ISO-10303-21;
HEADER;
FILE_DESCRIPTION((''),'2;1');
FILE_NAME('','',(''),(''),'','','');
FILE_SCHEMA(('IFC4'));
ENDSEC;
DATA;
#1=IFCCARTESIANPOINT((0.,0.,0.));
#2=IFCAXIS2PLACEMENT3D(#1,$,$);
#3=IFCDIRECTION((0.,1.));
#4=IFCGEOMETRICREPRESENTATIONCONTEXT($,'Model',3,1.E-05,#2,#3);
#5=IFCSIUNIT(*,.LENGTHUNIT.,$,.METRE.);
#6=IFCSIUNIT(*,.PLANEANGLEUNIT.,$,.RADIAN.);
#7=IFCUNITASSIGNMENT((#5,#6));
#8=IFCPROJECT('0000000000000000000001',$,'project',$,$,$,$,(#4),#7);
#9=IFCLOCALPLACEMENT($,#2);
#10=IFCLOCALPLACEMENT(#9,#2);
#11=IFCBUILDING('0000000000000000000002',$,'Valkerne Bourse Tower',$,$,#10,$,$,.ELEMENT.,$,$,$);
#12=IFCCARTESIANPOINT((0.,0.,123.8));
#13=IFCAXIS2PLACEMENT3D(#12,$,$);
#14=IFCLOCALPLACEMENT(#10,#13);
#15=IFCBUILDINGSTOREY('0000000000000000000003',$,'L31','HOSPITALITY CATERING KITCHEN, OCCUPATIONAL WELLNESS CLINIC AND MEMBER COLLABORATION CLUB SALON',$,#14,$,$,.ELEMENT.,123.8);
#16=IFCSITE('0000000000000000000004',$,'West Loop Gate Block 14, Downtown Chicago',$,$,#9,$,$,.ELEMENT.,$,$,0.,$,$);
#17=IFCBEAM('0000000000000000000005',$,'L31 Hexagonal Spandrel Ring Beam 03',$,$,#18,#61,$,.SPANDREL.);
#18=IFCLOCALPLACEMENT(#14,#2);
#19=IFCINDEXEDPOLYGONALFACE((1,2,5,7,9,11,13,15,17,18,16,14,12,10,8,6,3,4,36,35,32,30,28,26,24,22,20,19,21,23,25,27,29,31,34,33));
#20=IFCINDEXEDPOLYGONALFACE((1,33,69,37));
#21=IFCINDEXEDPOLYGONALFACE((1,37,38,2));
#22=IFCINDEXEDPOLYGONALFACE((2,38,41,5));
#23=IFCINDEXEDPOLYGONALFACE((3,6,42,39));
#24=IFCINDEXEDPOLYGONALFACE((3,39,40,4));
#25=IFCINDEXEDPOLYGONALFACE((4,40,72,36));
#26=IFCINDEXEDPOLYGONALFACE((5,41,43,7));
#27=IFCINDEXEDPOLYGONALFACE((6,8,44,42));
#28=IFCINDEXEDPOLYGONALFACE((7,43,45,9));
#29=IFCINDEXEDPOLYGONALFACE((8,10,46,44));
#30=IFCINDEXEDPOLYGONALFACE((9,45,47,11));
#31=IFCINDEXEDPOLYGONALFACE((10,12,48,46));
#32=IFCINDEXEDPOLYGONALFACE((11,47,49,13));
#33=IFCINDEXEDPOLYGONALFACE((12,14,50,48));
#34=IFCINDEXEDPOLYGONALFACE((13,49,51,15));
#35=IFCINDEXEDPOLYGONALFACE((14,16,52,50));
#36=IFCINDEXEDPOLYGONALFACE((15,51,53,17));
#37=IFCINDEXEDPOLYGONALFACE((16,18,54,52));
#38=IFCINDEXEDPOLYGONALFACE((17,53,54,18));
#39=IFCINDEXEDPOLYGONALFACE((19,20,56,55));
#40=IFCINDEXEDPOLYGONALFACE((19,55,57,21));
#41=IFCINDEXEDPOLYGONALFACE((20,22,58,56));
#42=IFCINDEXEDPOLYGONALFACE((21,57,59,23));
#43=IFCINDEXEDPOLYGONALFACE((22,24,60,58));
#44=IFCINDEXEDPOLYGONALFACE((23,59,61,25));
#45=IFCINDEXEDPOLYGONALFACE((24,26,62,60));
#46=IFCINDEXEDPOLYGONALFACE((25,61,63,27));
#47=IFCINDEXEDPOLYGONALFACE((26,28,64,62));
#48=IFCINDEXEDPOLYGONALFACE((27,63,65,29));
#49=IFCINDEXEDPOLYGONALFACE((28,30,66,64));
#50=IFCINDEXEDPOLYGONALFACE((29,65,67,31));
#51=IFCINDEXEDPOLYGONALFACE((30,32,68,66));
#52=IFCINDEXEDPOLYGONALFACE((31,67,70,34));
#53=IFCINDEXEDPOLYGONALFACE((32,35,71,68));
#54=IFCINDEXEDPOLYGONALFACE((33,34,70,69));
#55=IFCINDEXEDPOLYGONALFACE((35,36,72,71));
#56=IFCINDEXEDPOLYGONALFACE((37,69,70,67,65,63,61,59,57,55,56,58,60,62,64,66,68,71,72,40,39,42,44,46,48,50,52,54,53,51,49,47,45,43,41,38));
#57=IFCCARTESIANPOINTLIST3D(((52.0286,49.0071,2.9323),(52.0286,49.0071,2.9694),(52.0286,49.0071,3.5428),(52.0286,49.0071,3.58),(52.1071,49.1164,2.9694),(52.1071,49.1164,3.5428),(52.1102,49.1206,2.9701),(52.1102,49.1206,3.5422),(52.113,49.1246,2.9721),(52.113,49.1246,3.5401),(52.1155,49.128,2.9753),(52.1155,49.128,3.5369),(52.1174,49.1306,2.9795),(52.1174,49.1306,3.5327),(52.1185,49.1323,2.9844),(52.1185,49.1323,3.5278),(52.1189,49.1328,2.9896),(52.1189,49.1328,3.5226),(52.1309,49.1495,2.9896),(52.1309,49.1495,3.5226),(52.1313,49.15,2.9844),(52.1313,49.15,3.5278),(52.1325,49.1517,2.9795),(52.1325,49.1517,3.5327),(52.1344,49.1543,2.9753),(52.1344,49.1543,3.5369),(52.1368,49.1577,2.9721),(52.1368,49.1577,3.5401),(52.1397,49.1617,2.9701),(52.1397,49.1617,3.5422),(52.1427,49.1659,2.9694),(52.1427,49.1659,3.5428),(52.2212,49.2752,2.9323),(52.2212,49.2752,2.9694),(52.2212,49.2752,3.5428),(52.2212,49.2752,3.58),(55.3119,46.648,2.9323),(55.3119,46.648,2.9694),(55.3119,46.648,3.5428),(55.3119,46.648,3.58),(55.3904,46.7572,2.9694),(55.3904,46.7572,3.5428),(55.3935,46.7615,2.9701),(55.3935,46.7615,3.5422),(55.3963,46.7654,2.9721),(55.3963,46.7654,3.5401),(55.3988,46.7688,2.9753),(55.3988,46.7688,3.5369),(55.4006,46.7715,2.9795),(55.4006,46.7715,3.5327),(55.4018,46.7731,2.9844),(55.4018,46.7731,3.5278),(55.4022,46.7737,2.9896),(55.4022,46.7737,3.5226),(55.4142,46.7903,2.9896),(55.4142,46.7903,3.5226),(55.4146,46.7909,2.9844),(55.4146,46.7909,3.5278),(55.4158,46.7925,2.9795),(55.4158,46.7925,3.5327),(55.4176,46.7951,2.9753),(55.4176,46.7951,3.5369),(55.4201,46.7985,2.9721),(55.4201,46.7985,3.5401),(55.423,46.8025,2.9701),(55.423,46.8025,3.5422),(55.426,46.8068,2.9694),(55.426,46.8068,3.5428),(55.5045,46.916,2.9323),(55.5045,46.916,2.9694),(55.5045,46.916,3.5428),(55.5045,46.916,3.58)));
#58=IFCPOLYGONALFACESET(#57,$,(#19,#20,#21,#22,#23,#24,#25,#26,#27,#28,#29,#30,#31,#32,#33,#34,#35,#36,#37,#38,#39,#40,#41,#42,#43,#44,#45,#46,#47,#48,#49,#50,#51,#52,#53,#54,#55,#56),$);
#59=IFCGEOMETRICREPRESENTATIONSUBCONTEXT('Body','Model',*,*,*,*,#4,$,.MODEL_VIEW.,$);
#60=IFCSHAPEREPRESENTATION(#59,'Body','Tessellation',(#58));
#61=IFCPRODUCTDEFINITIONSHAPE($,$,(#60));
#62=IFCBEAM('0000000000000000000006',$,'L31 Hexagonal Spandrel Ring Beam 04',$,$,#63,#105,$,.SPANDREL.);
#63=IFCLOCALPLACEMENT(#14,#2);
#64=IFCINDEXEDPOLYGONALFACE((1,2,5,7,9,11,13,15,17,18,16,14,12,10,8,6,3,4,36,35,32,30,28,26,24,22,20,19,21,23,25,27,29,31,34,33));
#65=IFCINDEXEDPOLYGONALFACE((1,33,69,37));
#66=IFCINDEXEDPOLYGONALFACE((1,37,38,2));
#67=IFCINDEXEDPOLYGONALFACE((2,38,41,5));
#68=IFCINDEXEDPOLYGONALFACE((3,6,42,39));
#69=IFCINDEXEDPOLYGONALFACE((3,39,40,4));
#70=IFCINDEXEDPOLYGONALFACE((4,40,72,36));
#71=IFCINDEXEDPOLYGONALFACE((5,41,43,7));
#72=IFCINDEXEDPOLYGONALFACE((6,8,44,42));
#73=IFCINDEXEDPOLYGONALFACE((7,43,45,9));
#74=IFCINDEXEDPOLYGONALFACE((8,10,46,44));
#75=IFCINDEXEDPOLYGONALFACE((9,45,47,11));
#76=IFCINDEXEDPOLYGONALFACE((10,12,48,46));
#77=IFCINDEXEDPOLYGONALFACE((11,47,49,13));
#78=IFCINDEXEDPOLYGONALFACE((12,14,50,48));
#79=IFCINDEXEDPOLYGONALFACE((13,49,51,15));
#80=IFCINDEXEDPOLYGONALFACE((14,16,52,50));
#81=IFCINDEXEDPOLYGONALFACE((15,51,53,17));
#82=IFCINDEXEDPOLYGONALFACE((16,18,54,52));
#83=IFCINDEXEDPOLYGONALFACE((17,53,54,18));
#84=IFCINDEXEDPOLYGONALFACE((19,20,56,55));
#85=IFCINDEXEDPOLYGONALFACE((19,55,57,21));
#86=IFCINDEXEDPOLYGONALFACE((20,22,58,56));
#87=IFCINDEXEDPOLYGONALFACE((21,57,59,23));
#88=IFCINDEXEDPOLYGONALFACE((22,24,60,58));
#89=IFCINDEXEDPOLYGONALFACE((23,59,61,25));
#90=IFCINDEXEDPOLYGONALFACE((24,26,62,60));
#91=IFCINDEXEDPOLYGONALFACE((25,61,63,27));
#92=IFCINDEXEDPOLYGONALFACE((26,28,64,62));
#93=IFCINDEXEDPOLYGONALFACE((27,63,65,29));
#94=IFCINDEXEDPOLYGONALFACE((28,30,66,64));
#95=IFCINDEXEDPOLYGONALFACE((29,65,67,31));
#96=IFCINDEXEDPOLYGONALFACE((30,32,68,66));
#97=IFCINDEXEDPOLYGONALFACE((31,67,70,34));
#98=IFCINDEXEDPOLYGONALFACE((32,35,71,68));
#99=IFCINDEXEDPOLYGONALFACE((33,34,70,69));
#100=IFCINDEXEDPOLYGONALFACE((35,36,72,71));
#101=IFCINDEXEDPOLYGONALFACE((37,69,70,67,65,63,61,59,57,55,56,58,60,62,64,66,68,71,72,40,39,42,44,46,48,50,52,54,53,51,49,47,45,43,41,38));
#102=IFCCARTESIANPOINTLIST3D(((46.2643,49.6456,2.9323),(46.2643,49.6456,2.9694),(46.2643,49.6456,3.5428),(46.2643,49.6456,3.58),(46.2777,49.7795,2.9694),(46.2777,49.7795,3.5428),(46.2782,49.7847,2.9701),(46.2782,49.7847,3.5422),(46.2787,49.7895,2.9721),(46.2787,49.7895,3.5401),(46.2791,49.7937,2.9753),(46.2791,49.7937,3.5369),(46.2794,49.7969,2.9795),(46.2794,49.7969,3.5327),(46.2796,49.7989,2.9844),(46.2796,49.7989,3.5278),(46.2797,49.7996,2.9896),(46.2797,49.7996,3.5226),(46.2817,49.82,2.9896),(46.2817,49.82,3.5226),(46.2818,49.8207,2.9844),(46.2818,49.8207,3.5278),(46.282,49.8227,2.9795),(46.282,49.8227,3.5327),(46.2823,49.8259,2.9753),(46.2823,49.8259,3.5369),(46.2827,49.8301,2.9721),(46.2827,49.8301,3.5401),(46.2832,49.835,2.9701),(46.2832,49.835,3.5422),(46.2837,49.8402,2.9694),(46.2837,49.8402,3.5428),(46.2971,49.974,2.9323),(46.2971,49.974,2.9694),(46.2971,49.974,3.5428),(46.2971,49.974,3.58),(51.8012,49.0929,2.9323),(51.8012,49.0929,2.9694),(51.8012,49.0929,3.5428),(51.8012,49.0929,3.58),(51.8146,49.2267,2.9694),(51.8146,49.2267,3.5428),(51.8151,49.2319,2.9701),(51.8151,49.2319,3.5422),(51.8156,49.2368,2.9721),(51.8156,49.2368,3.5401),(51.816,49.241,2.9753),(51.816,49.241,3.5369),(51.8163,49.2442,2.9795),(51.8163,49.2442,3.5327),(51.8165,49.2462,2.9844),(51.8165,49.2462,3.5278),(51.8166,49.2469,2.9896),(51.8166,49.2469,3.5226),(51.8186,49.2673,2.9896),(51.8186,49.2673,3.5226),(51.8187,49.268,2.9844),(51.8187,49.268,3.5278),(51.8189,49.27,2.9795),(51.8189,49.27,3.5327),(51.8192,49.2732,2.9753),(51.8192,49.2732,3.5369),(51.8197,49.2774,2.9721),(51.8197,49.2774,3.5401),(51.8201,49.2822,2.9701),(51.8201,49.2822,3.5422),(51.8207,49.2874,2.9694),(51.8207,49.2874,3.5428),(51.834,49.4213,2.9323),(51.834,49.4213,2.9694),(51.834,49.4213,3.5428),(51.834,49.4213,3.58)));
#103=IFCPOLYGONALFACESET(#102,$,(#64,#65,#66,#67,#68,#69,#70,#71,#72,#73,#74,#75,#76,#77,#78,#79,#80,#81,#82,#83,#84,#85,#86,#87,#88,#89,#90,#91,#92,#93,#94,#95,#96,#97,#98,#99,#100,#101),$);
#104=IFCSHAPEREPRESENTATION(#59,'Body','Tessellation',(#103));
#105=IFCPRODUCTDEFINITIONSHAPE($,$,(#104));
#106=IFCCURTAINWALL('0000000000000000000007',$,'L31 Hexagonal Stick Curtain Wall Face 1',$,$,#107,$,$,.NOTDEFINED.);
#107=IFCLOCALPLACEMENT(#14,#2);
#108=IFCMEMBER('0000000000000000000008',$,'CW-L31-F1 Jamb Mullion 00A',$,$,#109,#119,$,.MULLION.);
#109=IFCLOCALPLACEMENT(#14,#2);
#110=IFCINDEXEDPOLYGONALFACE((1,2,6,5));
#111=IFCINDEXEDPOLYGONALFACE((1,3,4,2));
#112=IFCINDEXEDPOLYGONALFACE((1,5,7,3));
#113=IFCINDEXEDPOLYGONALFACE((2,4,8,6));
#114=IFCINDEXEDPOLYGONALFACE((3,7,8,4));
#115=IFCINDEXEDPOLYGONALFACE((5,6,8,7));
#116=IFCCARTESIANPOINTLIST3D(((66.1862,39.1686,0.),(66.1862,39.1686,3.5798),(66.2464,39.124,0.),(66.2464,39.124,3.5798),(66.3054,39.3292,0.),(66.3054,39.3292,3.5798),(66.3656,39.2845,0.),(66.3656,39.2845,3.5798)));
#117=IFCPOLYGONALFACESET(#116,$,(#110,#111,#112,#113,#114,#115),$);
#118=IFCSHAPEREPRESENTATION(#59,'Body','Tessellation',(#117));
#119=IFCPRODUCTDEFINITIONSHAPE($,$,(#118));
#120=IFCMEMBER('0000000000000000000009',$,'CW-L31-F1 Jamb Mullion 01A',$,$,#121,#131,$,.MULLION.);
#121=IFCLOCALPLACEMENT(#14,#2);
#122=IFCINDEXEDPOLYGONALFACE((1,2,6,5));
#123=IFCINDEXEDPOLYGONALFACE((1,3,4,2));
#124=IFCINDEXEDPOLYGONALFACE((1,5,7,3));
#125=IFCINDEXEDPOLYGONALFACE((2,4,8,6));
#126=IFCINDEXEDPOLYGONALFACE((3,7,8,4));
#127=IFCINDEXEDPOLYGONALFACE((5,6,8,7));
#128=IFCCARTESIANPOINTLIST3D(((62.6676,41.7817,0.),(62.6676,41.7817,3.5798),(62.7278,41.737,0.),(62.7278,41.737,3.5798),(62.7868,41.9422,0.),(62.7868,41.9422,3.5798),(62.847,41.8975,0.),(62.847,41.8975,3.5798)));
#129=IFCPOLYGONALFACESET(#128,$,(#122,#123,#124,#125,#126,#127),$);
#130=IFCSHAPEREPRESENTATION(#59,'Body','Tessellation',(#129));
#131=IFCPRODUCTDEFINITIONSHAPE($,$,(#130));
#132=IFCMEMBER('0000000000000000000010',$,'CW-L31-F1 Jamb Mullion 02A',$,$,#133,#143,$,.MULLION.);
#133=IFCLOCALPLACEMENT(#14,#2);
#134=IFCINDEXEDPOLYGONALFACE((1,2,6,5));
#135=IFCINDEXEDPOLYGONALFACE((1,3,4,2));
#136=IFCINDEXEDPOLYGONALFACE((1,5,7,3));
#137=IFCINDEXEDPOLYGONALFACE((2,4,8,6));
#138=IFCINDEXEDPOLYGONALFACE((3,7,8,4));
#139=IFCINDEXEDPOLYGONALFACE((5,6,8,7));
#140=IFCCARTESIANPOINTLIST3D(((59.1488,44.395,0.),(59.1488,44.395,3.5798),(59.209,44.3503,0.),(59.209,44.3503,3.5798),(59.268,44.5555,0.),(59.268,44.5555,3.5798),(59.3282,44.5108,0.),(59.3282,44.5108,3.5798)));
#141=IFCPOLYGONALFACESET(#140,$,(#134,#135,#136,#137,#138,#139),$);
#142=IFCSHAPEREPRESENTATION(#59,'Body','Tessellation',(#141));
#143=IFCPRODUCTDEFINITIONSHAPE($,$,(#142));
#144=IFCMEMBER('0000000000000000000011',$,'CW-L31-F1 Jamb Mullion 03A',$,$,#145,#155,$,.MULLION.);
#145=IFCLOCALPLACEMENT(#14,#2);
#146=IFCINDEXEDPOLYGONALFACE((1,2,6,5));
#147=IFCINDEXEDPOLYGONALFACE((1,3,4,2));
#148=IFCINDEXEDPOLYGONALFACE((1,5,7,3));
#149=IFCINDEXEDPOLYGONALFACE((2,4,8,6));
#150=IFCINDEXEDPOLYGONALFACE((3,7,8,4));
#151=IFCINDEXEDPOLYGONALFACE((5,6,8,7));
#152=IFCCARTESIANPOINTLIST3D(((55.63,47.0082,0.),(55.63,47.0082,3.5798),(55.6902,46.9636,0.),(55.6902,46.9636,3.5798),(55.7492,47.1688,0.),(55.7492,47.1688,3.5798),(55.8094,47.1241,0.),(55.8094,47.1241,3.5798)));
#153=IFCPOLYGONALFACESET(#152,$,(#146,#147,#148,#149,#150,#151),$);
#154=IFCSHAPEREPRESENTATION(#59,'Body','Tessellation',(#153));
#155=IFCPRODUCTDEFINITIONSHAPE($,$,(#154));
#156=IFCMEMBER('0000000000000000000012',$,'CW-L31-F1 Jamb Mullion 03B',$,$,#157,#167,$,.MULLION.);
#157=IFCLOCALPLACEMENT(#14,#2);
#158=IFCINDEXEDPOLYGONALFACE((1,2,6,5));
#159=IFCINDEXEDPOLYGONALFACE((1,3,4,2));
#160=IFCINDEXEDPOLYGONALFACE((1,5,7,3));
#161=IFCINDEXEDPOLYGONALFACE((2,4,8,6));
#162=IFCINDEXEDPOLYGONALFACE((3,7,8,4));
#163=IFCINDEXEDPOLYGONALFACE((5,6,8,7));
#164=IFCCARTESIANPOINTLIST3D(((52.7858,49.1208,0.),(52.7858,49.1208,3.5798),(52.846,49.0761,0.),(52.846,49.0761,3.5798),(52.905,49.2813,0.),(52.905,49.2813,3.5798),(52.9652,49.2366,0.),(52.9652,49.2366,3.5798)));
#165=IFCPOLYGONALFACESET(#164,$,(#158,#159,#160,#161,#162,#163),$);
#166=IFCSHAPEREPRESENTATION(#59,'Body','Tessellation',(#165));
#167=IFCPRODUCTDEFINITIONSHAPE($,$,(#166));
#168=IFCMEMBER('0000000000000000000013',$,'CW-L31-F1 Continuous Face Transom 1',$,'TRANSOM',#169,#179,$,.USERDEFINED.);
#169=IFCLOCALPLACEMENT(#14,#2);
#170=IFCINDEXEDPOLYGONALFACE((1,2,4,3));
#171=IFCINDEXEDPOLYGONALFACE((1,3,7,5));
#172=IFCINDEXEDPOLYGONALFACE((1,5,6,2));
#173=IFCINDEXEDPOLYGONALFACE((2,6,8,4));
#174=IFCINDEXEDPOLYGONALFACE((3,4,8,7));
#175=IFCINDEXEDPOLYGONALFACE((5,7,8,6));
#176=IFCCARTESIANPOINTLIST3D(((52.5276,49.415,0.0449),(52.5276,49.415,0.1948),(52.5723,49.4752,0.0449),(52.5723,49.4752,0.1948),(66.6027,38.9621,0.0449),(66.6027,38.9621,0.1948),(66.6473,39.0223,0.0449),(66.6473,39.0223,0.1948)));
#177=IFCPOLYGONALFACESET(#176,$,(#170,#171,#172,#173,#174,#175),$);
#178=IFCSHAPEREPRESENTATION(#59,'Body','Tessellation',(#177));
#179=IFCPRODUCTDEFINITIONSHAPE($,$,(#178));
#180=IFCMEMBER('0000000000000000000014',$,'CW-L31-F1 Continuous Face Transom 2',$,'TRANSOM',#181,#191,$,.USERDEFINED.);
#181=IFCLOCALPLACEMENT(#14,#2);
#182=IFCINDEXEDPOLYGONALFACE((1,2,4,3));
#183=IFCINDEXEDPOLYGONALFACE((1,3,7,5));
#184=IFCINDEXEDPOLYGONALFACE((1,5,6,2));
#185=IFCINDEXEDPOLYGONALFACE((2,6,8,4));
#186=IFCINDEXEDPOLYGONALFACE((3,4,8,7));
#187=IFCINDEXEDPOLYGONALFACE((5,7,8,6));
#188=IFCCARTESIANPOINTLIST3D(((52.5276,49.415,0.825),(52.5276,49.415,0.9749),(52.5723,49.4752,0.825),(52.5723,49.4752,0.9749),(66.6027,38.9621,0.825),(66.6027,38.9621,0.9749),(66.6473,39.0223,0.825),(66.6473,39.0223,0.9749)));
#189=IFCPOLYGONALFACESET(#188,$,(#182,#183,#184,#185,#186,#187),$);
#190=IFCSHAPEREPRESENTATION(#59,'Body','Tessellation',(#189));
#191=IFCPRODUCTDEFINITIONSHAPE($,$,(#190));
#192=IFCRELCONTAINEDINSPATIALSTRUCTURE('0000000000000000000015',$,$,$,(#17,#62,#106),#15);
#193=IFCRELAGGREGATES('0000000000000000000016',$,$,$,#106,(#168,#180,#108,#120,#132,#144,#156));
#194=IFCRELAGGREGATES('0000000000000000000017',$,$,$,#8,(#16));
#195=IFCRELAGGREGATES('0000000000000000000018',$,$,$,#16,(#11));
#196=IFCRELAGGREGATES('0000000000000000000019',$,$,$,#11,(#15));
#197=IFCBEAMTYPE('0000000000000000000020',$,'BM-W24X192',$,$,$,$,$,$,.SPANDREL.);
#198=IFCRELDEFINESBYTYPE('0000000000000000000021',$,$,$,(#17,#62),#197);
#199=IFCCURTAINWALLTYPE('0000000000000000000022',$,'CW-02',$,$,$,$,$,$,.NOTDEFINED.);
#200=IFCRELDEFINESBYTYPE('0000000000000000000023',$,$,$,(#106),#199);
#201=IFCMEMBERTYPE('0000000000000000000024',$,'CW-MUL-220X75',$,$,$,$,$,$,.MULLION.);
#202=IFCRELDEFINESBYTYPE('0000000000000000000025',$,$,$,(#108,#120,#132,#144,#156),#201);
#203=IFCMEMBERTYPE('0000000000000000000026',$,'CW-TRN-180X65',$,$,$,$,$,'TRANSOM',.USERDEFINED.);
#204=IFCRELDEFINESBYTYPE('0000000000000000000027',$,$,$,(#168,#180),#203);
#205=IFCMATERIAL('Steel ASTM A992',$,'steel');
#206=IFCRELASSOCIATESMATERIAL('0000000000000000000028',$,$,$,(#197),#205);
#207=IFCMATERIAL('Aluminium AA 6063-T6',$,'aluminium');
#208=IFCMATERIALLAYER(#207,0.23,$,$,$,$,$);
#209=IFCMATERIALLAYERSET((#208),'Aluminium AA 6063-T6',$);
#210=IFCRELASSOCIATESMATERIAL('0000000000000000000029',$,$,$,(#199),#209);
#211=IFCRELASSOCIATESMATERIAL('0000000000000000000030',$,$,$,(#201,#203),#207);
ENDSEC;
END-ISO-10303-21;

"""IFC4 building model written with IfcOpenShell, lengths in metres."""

from ifc_helpers import new_model, si_unit, direction, frame, origin, origin_2d, place, context, subcontext, project, spatial, rectangle, i_section, extrude, material, layer, layer_set, material_profile, profile_set, type_object, element, aggregate, save


model = new_model("IFC4")

# Units and contexts
model_context = context("Model", 3, precision=1e-05, world=origin(), true_north=direction((0.0, 1.0)))
body_context = subcontext(model_context, "Body", "Model", "MODEL_VIEW")
ifc_project = project(units=[si_unit("LENGTHUNIT", "METRE"), si_unit("PLANEANGLEUNIT", "RADIAN")], contexts=[model_context])

# Site, building, storey
site_placement = place(None, origin())
site = spatial("IfcSite", under=ifc_project, at=site_placement, Name="West Loop Gate Block 14, Downtown Chicago", CompositionType="ELEMENT", RefElevation=0.0)
building_placement = place(site_placement, origin())
building = spatial("IfcBuilding", under=site, at=building_placement, Name="Valkerne Bourse Tower", CompositionType="ELEMENT")
storey_placement = place(building_placement, frame((0.0, 0.0, 123.8)))
storey = spatial("IfcBuildingStorey", under=building, at=storey_placement, Name="L31", Description="HOSPITALITY CATERING KITCHEN, OCCUPATIONAL WELLNESS CLINIC AND MEMBER COLLABORATION CLUB SALON", CompositionType="ELEMENT", Elevation=123.8)

# Beams
ifc_material_1 = material(Name="Steel ASTM A992", Category="steel")
ifc_material_profile_1 = material_profile(ifc_material_1, i_section(OverallWidth=0.3301, OverallDepth=0.6477, WebThickness=0.0205, FlangeThickness=0.0371, FilletRadius=0.0203, at=origin_2d()), Name="W24X192")
ifc_profile_set_1 = profile_set([ifc_material_profile_1], Name="Steel ASTM A992")
beam_type = type_object("IfcBeamType", Name="BM-W24X192", PredefinedType="SPANDREL", material=ifc_profile_set_1)
for number, where, z_axis, x_axis, name in (
    (1, (55.4082, 46.782, 3.2561), (-0.812094, 0.583527, 0.0), (-0.583527, -0.812094, 0.0), "L31 Hexagonal Spandrel Ring Beam 03"),
):
    element("IfcBeam", number, at=place(storey_placement, frame(where, z_axis=z_axis, x_axis=x_axis)), inside=storey, type_object=beam_type, Name=name, PredefinedType="SPANDREL", context=body_context, shape_type="SweptSolid", body=[
        extrude(i_section(OverallWidth=0.3301, OverallDepth=0.6477, WebThickness=0.0205, FlangeThickness=0.0371, FilletRadius=0.0203, at=origin_2d()), origin(), (0.0, 0.0, 1.0), 4.043),
    ])
beam_placement = place(storey_placement, frame((51.8176, 49.2571, 3.2561), z_axis=(-0.995054, 0.099334, 0.0), x_axis=(-0.099334, -0.995054, 0.0)))
element("IfcBeam", 2, at=beam_placement, inside=storey, type_object=beam_type, Name="L31 Hexagonal Spandrel Ring Beam 04", PredefinedType="SPANDREL", context=body_context, shape_type="SweptSolid", body=[
    extrude(i_section(OverallWidth=0.3301, OverallDepth=0.6477, WebThickness=0.0205, FlangeThickness=0.0371, FilletRadius=0.0203, at=origin_2d()), origin(), (0.0, 0.0, 1.0), 5.5645),
])

# Curtain wall, members
ifc_material_2 = material(Name="Aluminium AA 6063-T6", Category="aluminium")
ifc_layer_1 = layer(ifc_material_2, 0.23)
ifc_layer_set_1 = layer_set([ifc_layer_1], Name="Aluminium AA 6063-T6")
curtain_wall_type = type_object("IfcCurtainWallType", Name="CW-02", PredefinedType="NOTDEFINED", material=ifc_layer_set_1)
curtain_wall_placement = place(storey_placement, origin())
curtain_wall = element("IfcCurtainWall", 3, at=curtain_wall_placement, inside=storey, type_object=curtain_wall_type, Name="L31 Hexagonal Stick Curtain Wall Face 1", PredefinedType="NOTDEFINED")
ifc_material_profile_2 = material_profile(ifc_material_2, rectangle(XDim=0.075, YDim=0.2, at=origin_2d()), Name="CWM-75X200")
ifc_profile_set_2 = profile_set([ifc_material_profile_2], Name="Aluminium AA 6063-T6")
member_type_1 = type_object("IfcMemberType", Name="CW-MUL-220X75", PredefinedType="MULLION", material=ifc_profile_set_2)
member_1_placement = place(storey_placement, frame((66.2759, 39.2266, 0.0), z_axis=(0.0, 0.0, 1.0), x_axis=(-0.802819, 0.596222, 0.0)))
member_1 = element("IfcMember", 4, at=member_1_placement, type_object=member_type_1, Name="CW-L31-F1 Jamb Mullion 00A", PredefinedType="MULLION", context=body_context, shape_type="SweptSolid", body=[
    extrude(rectangle(XDim=0.075, YDim=0.2, at=origin_2d()), origin(), (0.0, 0.0, 1.0), 3.5798),
])
member_2_placement = place(storey_placement, frame((62.7573, 41.8396, 0.0), z_axis=(0.0, 0.0, 1.0), x_axis=(-0.802817, 0.596226, 0.0)))
member_2 = element("IfcMember", 5, at=member_2_placement, type_object=member_type_1, Name="CW-L31-F1 Jamb Mullion 01A", PredefinedType="MULLION", context=body_context, shape_type="SweptSolid", body=[
    extrude(rectangle(XDim=0.075, YDim=0.2, at=origin_2d()), origin(), (0.0, 0.0, 1.0), 3.5798),
])
member_3_placement = place(storey_placement, frame((59.2385, 44.4529, 0.0), z_axis=(0.0, 0.0, 1.0), x_axis=(-0.802819, 0.596222, 0.0)))
member_3 = element("IfcMember", 6, at=member_3_placement, type_object=member_type_1, Name="CW-L31-F1 Jamb Mullion 02A", PredefinedType="MULLION", context=body_context, shape_type="SweptSolid", body=[
    extrude(rectangle(XDim=0.075, YDim=0.2, at=origin_2d()), origin(), (0.0, 0.0, 1.0), 3.5798),
])
member_4_placement = place(storey_placement, frame((55.7197, 47.0662, 0.0), z_axis=(0.0, 0.0, 1.0), x_axis=(-0.802817, 0.596226, 0.0)))
member_4 = element("IfcMember", 7, at=member_4_placement, type_object=member_type_1, Name="CW-L31-F1 Jamb Mullion 03A", PredefinedType="MULLION", context=body_context, shape_type="SweptSolid", body=[
    extrude(rectangle(XDim=0.075, YDim=0.2, at=origin_2d()), origin(), (0.0, 0.0, 1.0), 3.5798),
])
member_5_placement = place(storey_placement, frame((52.8755, 49.1787, 0.0), z_axis=(0.0, 0.0, 1.0), x_axis=(-0.802817, 0.596226, 0.0)))
member_5 = element("IfcMember", 8, at=member_5_placement, type_object=member_type_1, Name="CW-L31-F1 Jamb Mullion 03B", PredefinedType="MULLION", context=body_context, shape_type="SweptSolid", body=[
    extrude(rectangle(XDim=0.075, YDim=0.2, at=origin_2d()), origin(), (0.0, 0.0, 1.0), 3.5798),
])
ifc_material_profile_3 = material_profile(ifc_material_2, rectangle(XDim=0.075, YDim=0.1499, at=origin_2d()), Name="CWT-75X150")
ifc_profile_set_3 = profile_set([ifc_material_profile_3], Name="Aluminium AA 6063-T6")
member_type_2 = type_object("IfcMemberType", Name="CW-TRN-180X65", ElementType="TRANSOM", PredefinedType="USERDEFINED", material=ifc_profile_set_3)
member_6_placement = place(storey_placement, frame((66.625, 38.9922, 0.1199), z_axis=(-0.80282, 0.596221, 0.0), x_axis=(-0.596221, -0.80282, 0.0)))
member_6 = element("IfcMember", 9, at=member_6_placement, type_object=member_type_2, Name="CW-L31-F1 Continuous Face Transom 1", ObjectType="TRANSOM", PredefinedType="USERDEFINED", context=body_context, shape_type="SweptSolid", body=[
    extrude(rectangle(XDim=0.075, YDim=0.1499, at=origin_2d()), origin(), (0.0, 0.0, 1.0), 17.532),
])
member_7_placement = place(storey_placement, frame((66.625, 38.9922, 0.8999), z_axis=(-0.80282, 0.596221, 0.0), x_axis=(-0.596221, -0.80282, 0.0)))
member_7 = element("IfcMember", 10, at=member_7_placement, type_object=member_type_2, Name="CW-L31-F1 Continuous Face Transom 2", ObjectType="TRANSOM", PredefinedType="USERDEFINED", context=body_context, shape_type="SweptSolid", body=[
    extrude(rectangle(XDim=0.075, YDim=0.1499, at=origin_2d()), origin(), (0.0, 0.0, 1.0), 17.532),
])

aggregate(curtain_wall, [member_6, member_7, member_1, member_2, member_3, member_4, member_5])

save(model, "model.ifc")
